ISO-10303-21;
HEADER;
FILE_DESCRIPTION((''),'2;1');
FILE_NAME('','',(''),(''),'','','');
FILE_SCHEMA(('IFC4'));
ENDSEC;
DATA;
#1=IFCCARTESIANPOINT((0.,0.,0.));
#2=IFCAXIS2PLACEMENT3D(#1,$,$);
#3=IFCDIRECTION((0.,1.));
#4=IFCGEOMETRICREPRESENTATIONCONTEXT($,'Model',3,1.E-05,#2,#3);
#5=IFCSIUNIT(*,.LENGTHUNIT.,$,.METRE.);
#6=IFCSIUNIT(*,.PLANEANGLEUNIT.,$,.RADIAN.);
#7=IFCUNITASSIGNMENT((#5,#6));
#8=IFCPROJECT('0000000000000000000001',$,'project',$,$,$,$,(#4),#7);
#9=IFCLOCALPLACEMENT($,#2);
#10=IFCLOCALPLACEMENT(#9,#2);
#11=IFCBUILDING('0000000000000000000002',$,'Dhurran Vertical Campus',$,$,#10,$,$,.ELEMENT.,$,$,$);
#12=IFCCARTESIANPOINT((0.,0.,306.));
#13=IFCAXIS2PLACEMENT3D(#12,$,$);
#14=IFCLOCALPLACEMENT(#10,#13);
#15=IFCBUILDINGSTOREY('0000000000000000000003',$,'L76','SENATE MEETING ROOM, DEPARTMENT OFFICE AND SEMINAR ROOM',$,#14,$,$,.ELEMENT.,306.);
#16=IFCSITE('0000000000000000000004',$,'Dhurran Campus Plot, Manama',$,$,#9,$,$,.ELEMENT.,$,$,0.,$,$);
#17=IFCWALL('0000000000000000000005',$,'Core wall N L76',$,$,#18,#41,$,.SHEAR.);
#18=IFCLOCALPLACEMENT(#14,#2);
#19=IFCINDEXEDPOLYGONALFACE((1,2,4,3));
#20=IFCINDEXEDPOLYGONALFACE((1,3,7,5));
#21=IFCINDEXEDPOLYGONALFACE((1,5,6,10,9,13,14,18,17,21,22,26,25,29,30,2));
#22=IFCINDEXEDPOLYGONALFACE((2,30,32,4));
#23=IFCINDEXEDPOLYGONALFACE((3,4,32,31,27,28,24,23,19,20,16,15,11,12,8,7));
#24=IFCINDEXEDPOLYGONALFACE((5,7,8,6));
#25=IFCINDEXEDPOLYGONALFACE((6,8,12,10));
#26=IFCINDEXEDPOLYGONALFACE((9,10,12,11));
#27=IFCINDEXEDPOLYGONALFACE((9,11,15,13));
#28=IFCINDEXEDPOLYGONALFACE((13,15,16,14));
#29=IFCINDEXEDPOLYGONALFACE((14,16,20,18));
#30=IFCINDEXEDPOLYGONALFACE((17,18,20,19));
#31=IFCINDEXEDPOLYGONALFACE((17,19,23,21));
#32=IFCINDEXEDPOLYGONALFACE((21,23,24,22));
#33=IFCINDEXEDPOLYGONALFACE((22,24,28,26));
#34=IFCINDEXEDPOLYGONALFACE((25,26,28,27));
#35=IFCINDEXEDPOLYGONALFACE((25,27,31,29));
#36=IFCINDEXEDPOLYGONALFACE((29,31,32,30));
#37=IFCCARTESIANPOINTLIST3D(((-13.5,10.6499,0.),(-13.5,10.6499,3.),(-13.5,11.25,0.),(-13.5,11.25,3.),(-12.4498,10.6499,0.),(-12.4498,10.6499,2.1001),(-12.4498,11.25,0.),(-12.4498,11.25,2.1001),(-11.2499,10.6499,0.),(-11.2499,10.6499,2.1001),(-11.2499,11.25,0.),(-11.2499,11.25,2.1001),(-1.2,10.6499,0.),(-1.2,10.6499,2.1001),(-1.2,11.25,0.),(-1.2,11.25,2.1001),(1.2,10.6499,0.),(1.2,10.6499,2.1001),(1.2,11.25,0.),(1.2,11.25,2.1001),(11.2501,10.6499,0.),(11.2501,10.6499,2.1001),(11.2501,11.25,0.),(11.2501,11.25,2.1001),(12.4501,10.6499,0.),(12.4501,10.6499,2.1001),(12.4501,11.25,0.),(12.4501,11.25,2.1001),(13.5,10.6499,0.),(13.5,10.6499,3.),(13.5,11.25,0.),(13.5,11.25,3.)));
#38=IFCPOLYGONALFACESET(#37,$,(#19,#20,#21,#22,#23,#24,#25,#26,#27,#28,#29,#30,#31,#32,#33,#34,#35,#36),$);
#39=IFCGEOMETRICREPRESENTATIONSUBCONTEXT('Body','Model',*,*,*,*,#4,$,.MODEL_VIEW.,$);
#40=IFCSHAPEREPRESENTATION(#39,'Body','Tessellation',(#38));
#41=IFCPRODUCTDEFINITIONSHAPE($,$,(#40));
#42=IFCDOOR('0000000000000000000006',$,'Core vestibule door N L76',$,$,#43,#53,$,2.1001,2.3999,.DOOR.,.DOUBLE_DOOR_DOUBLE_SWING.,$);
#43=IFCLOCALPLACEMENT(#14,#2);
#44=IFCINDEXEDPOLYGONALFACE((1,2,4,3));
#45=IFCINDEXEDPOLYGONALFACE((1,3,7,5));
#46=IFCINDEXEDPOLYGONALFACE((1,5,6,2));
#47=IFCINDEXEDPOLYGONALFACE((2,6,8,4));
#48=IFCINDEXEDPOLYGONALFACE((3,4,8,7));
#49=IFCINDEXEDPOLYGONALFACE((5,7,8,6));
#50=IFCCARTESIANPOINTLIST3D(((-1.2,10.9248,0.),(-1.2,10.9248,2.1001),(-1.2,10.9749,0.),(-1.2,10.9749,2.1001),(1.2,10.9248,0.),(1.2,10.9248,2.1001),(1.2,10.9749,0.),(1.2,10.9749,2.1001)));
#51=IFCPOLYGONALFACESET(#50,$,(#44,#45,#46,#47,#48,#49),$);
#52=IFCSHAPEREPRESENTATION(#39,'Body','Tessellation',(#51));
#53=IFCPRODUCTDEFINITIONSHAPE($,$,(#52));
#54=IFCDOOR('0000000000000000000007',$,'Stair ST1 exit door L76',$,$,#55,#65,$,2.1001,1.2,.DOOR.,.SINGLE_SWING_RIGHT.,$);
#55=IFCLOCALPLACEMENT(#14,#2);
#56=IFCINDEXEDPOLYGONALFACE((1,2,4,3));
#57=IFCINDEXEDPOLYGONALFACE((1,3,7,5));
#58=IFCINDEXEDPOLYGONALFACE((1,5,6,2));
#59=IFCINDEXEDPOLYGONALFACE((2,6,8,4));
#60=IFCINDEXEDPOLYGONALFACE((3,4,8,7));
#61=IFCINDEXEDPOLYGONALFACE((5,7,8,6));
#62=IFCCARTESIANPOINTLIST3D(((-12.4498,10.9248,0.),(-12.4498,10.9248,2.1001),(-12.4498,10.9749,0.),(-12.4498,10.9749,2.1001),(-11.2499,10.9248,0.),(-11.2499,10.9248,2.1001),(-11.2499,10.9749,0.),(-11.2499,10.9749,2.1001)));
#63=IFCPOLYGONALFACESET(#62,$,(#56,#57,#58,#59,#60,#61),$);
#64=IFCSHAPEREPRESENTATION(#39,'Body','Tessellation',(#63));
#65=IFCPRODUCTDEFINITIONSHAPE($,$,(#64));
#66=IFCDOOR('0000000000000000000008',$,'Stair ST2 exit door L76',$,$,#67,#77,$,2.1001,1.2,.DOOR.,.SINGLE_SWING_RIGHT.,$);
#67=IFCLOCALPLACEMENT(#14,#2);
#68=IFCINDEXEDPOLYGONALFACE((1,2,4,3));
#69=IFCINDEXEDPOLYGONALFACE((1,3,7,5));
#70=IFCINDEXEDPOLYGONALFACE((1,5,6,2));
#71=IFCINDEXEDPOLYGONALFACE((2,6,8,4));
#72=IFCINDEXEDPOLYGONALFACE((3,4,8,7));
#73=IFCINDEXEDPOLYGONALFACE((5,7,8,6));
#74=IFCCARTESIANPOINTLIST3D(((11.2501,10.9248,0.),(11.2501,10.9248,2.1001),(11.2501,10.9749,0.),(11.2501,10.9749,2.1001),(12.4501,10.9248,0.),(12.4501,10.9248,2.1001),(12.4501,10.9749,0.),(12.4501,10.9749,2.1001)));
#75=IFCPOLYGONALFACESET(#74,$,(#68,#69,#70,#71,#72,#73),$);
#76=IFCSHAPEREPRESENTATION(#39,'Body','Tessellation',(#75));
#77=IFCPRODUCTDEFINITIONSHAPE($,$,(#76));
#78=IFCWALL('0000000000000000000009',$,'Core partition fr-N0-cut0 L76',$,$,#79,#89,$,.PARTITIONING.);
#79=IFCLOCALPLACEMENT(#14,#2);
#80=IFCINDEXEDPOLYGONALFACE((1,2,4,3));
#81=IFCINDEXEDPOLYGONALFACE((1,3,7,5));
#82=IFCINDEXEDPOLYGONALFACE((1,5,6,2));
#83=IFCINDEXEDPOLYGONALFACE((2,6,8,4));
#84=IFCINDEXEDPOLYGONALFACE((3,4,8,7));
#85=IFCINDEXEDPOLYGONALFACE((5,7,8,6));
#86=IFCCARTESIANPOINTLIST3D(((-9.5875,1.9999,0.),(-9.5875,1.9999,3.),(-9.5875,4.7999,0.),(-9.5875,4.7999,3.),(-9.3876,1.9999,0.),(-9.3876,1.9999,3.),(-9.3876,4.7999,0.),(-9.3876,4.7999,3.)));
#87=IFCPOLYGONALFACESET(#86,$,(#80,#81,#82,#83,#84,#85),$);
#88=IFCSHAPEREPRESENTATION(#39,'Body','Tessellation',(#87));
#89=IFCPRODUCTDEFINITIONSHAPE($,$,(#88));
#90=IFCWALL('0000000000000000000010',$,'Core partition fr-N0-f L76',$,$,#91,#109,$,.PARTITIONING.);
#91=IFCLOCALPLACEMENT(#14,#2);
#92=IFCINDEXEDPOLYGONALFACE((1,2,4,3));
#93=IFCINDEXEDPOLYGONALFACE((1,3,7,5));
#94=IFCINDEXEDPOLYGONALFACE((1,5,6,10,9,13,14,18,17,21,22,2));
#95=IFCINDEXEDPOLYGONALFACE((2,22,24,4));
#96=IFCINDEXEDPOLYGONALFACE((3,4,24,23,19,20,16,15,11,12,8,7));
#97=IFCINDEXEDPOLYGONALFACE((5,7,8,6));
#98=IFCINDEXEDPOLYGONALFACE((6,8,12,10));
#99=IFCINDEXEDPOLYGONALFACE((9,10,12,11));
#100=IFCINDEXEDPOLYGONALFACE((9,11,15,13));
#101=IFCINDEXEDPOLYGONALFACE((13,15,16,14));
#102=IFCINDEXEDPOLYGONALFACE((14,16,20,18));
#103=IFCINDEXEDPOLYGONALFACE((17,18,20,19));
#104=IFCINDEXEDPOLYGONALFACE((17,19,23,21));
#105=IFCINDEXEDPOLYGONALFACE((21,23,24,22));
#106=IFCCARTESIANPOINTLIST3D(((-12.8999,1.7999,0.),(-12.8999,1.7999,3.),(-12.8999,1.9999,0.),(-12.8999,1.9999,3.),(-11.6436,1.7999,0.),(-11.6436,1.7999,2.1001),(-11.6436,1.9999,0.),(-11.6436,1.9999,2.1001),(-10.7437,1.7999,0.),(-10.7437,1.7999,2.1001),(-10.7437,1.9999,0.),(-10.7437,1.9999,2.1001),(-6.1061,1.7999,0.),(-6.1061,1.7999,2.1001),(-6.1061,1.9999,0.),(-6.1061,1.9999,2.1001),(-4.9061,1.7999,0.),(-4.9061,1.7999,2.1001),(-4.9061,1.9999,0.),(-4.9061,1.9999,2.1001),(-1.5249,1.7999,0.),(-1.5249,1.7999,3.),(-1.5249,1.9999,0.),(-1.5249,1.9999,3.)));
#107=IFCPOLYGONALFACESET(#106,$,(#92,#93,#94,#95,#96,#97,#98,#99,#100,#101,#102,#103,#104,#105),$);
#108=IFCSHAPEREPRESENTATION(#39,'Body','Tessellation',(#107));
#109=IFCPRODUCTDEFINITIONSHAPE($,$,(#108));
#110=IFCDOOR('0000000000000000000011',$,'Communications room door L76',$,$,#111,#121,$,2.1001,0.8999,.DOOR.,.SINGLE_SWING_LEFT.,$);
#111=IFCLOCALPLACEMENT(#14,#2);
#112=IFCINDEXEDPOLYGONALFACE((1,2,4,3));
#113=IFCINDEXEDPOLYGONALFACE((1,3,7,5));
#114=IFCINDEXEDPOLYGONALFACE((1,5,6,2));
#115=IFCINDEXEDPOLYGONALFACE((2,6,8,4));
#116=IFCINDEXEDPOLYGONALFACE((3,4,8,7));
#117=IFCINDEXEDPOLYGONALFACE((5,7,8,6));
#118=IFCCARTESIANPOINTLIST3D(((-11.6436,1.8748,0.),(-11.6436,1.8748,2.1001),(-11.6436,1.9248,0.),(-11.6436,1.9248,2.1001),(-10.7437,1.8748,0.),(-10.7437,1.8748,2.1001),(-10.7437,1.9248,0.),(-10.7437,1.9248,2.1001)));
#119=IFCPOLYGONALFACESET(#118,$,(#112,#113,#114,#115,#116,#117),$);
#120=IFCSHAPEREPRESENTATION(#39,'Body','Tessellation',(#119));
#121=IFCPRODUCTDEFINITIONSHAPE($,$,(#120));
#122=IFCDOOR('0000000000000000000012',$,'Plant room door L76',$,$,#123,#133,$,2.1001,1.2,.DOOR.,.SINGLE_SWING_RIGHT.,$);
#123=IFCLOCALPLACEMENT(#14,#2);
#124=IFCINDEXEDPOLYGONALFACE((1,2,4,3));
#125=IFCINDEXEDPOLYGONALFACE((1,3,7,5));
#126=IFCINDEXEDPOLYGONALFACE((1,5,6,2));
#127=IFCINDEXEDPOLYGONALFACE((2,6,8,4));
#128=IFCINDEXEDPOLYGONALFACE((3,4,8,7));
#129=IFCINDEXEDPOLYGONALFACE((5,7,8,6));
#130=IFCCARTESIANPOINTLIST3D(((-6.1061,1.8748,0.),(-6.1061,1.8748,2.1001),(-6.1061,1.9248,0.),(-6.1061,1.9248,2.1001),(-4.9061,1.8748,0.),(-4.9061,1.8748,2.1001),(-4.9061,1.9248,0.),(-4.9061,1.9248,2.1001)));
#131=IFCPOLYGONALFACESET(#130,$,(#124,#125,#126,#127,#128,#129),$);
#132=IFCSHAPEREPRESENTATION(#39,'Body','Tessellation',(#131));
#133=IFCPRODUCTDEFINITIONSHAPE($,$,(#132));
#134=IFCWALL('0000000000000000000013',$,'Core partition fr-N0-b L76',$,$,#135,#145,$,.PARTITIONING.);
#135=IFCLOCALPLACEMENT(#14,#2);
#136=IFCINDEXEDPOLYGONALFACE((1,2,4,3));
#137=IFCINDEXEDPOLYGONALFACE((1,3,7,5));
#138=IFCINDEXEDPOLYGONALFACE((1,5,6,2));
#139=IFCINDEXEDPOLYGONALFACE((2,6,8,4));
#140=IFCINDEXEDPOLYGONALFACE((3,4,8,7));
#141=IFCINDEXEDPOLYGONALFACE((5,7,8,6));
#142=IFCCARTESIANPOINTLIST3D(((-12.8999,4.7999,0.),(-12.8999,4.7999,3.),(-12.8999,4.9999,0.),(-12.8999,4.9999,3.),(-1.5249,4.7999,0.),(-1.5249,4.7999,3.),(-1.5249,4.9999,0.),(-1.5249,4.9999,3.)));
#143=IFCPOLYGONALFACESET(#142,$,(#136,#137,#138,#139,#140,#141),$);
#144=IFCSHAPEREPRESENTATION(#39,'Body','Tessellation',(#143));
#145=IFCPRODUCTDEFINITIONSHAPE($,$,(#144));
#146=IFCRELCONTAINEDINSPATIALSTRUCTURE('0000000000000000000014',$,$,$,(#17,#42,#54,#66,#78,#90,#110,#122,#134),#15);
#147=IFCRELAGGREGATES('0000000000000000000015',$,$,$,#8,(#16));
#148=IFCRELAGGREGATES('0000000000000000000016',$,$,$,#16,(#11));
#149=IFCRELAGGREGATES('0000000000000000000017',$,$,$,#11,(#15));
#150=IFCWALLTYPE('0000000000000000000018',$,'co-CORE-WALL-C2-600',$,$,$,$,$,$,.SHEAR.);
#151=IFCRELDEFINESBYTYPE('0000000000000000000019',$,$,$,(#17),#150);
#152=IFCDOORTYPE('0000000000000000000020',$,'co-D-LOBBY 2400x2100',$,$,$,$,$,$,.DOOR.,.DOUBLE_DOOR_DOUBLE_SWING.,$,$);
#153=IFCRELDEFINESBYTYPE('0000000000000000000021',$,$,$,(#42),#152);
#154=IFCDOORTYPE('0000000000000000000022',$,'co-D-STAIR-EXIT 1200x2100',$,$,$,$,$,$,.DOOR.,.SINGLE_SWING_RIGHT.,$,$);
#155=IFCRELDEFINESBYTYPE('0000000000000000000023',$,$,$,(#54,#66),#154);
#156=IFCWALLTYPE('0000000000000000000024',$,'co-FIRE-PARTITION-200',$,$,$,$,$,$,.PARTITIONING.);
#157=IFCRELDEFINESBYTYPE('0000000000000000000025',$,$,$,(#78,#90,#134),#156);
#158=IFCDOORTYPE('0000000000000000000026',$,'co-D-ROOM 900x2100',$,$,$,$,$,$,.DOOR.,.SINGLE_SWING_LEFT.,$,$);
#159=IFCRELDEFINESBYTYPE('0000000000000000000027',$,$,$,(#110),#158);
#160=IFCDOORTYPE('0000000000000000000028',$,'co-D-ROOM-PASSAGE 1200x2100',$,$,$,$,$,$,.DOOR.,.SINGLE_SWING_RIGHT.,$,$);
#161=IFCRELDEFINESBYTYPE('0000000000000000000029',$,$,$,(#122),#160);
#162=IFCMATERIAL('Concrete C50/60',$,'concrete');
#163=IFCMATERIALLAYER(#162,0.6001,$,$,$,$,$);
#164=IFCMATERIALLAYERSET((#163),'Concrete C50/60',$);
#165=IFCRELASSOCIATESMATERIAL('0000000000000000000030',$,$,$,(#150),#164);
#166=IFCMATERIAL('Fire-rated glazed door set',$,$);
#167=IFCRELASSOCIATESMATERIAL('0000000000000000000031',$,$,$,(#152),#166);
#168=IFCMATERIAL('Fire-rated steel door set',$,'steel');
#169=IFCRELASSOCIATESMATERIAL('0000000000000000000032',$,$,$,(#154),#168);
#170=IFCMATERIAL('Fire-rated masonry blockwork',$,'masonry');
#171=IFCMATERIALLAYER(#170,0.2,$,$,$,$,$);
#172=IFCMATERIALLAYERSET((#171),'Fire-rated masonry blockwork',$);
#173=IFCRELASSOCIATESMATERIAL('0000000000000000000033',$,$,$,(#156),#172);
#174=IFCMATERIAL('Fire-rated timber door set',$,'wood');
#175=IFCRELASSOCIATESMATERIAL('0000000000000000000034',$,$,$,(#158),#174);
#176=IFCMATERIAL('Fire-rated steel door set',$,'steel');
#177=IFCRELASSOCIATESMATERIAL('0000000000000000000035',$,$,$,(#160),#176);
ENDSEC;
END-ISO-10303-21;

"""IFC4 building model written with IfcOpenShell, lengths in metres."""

from ifc_helpers import new_model, si_unit, direction, frame, frame_2d, origin, place, context, subcontext, project, spatial, rectangle, extrude, material, layer, layer_set, type_object, element, fill, save


model = new_model("IFC4")

# Units and contexts
model_context = context("Model", 3, precision=1e-05, world=origin(), true_north=direction((0.0, 1.0)))
body_context = subcontext(model_context, "Body", "Model", "MODEL_VIEW")
ifc_project = project(units=[si_unit("LENGTHUNIT", "METRE"), si_unit("PLANEANGLEUNIT", "RADIAN")], contexts=[model_context])

# Site, building, storey
site_placement = place(None, origin())
site = spatial("IfcSite", under=ifc_project, at=site_placement, Name="Dhurran Campus Plot, Manama", CompositionType="ELEMENT", RefElevation=0.0)
building_placement = place(site_placement, origin())
building = spatial("IfcBuilding", under=site, at=building_placement, Name="Dhurran Vertical Campus", CompositionType="ELEMENT")
storey_placement = place(building_placement, frame((0.0, 0.0, 306.0)))
storey = spatial("IfcBuildingStorey", under=building, at=storey_placement, Name="L76", Description="SENATE MEETING ROOM, DEPARTMENT OFFICE AND SEMINAR ROOM", CompositionType="ELEMENT", Elevation=306.0)

# Wall, openings, doors
ifc_material_1 = material(Name="Concrete C50/60", Category="concrete")
ifc_layer_1 = layer(ifc_material_1, 0.6001)
ifc_layer_set_1 = layer_set([ifc_layer_1], Name="Concrete C50/60")
wall_type_1 = type_object("IfcWallType", Name="co-CORE-WALL-C2-600", PredefinedType="SHEAR", material=ifc_layer_set_1)
wall_1_placement = place(storey_placement, frame((-13.5, 10.95, 0.0), z_axis=(0.0, 0.0, 1.0), x_axis=(1.0, 0.0, 0.0)))
wall_1 = element("IfcWall", 1, at=wall_1_placement, inside=storey, type_object=wall_type_1, Name="Core wall N L76", PredefinedType="SHEAR", context=body_context, shape_type="SweptSolid", body=[
    extrude(rectangle(XDim=27.0, YDim=0.6001, at=frame_2d((13.5, 0.0))), origin(), (0.0, 0.0, 1.0), 3.0),
])
opening_1_placement = place(wall_1_placement, frame((12.3, 0.0, 0.0)))
opening_1 = element("IfcOpeningElement", 2, at=opening_1_placement, cuts=wall_1, PredefinedType="OPENING", context=body_context, shape_type="SweptSolid", body=[
    extrude(rectangle(XDim=2.3999, YDim=2.1001, at=frame_2d((1.2, 1.05))), frame((0.0, 0.3101, 0.0), z_axis=(0.0, -1.0, 0.0), x_axis=(1.0, 0.0, 0.0)), (0.0, 0.0, 1.0), 0.6201),
])
opening_2_placement = place(wall_1_placement, frame((1.05, 0.0, 0.0)))
opening_2 = element("IfcOpeningElement", 3, at=opening_2_placement, cuts=wall_1, PredefinedType="OPENING", context=body_context, shape_type="SweptSolid", body=[
    extrude(rectangle(XDim=1.2, YDim=2.1001, at=frame_2d((0.6001, 1.05))), frame((0.0, 0.3101, 0.0), z_axis=(0.0, -1.0, 0.0), x_axis=(1.0, 0.0, 0.0)), (0.0, 0.0, 1.0), 0.6201),
])
opening_3_placement = place(wall_1_placement, frame((24.75, 0.0, 0.0)))
opening_3 = element("IfcOpeningElement", 4, at=opening_3_placement, cuts=wall_1, PredefinedType="OPENING", context=body_context, shape_type="SweptSolid", body=[
    extrude(rectangle(XDim=1.2, YDim=2.1001, at=frame_2d((0.6001, 1.05))), frame((0.0, 0.3101, 0.0), z_axis=(0.0, -1.0, 0.0), x_axis=(1.0, 0.0, 0.0)), (0.0, 0.0, 1.0), 0.6201),
])
ifc_material_2 = material(Name="Fire-rated glazed door set")
door_type_1 = type_object("IfcDoorType", Name="co-D-LOBBY 2400x2100", OperationType="DOUBLE_DOOR_DOUBLE_SWING", PredefinedType="DOOR", material=ifc_material_2)
door_1_placement = place(opening_1_placement, origin())
door_1 = element("IfcDoor", 5, at=door_1_placement, inside=storey, type_object=door_type_1, Name="Core vestibule door N L76", OperationType="DOUBLE_DOOR_DOUBLE_SWING", OverallHeight=2.1001, OverallWidth=2.3999, PredefinedType="DOOR", context=body_context, shape_type="SweptSolid", body=[
    extrude(rectangle(XDim=2.3999, YDim=2.1001, at=frame_2d((1.2, 1.05))), frame((0.0, 0.0249, 0.0), z_axis=(0.0, -1.0, 0.0), x_axis=(1.0, 0.0, 0.0)), (0.0, 0.0, 1.0), 0.05),
])
fill(opening_1, door_1)
ifc_material_3 = material(Name="Fire-rated steel door set", Category="steel")
door_type_2 = type_object("IfcDoorType", Name="co-D-STAIR-EXIT 1200x2100", OperationType="SINGLE_SWING_RIGHT", PredefinedType="DOOR", material=ifc_material_3)
door_2_placement = place(opening_2_placement, origin())
door_2 = element("IfcDoor", 6, at=door_2_placement, inside=storey, type_object=door_type_2, Name="Stair ST1 exit door L76", OperationType="SINGLE_SWING_RIGHT", OverallHeight=2.1001, OverallWidth=1.2, PredefinedType="DOOR", context=body_context, shape_type="SweptSolid", body=[
    extrude(rectangle(XDim=1.2, YDim=2.1001, at=frame_2d((0.6001, 1.05))), frame((0.0, 0.0249, 0.0), z_axis=(0.0, -1.0, 0.0), x_axis=(1.0, 0.0, 0.0)), (0.0, 0.0, 1.0), 0.05),
])
fill(opening_2, door_2)
door_3_placement = place(opening_3_placement, origin())
door_3 = element("IfcDoor", 7, at=door_3_placement, inside=storey, type_object=door_type_2, Name="Stair ST2 exit door L76", OperationType="SINGLE_SWING_RIGHT", OverallHeight=2.1001, OverallWidth=1.2, PredefinedType="DOOR", context=body_context, shape_type="SweptSolid", body=[
    extrude(rectangle(XDim=1.2, YDim=2.1001, at=frame_2d((0.6001, 1.05))), frame((0.0, 0.0249, 0.0), z_axis=(0.0, -1.0, 0.0), x_axis=(1.0, 0.0, 0.0)), (0.0, 0.0, 1.0), 0.05),
])
fill(opening_3, door_3)

# Wall
ifc_material_4 = material(Name="Fire-rated masonry blockwork", Category="masonry")
ifc_layer_2 = layer(ifc_material_4, 0.2)
ifc_layer_set_2 = layer_set([ifc_layer_2], Name="Fire-rated masonry blockwork")
wall_type_2 = type_object("IfcWallType", Name="co-FIRE-PARTITION-200", PredefinedType="PARTITIONING", material=ifc_layer_set_2)
wall_2_placement = place(storey_placement, frame((-9.4875, 2.0, 0.0), z_axis=(0.0, 0.0, 1.0), x_axis=(0.0, 1.0, 0.0)))
element("IfcWall", 8, at=wall_2_placement, inside=storey, type_object=wall_type_2, Name="Core partition fr-N0-cut0 L76", PredefinedType="PARTITIONING", context=body_context, shape_type="SweptSolid", body=[
    extrude(rectangle(XDim=2.8, YDim=0.2, at=frame_2d((1.3999, 0.0))), origin(), (0.0, 0.0, 1.0), 3.0),
])

# Wall, openings, doors
wall_3_placement = place(storey_placement, frame((-12.8999, 1.8999, 0.0), z_axis=(0.0, 0.0, 1.0), x_axis=(1.0, 0.0, 0.0)))
wall_3 = element("IfcWall", 9, at=wall_3_placement, inside=storey, type_object=wall_type_2, Name="Core partition fr-N0-f L76", PredefinedType="PARTITIONING", context=body_context, shape_type="SweptSolid", body=[
    extrude(rectangle(XDim=11.375, YDim=0.2, at=frame_2d((5.6875, 0.0))), origin(), (0.0, 0.0, 1.0), 3.0),
])
opening_4_placement = place(wall_3_placement, frame((1.2563, 0.0, 0.0)))
opening_4 = element("IfcOpeningElement", 10, at=opening_4_placement, cuts=wall_3, PredefinedType="OPENING", context=body_context, shape_type="SweptSolid", body=[
    extrude(rectangle(XDim=0.8999, YDim=2.1001, at=frame_2d((0.45, 1.05))), frame((0.0, 0.1099, 0.0), z_axis=(0.0, -1.0, 0.0), x_axis=(1.0, 0.0, 0.0)), (0.0, 0.0, 1.0), 0.22),
])
opening_5_placement = place(wall_3_placement, frame((6.7937, 0.0, 0.0)))
opening_5 = element("IfcOpeningElement", 11, at=opening_5_placement, cuts=wall_3, PredefinedType="OPENING", context=body_context, shape_type="SweptSolid", body=[
    extrude(rectangle(XDim=1.2, YDim=2.1001, at=frame_2d((0.6001, 1.05))), frame((0.0, 0.1099, 0.0), z_axis=(0.0, -1.0, 0.0), x_axis=(1.0, 0.0, 0.0)), (0.0, 0.0, 1.0), 0.22),
])
ifc_material_5 = material(Name="Fire-rated timber door set", Category="wood")
door_type_3 = type_object("IfcDoorType", Name="co-D-ROOM 900x2100", OperationType="SINGLE_SWING_LEFT", PredefinedType="DOOR", material=ifc_material_5)
door_4_placement = place(opening_4_placement, origin())
door_4 = element("IfcDoor", 12, at=door_4_placement, inside=storey, type_object=door_type_3, Name="Communications room door L76", OperationType="SINGLE_SWING_LEFT", OverallHeight=2.1001, OverallWidth=0.8999, PredefinedType="DOOR", context=body_context, shape_type="SweptSolid", body=[
    extrude(rectangle(XDim=0.8999, YDim=2.1001, at=frame_2d((0.45, 1.05))), frame((0.0, 0.0249, 0.0), z_axis=(0.0, -1.0, 0.0), x_axis=(1.0, 0.0, 0.0)), (0.0, 0.0, 1.0), 0.05),
])
fill(opening_4, door_4)
ifc_material_6 = material(Name="Fire-rated steel door set", Category="steel")
door_type_4 = type_object("IfcDoorType", Name="co-D-ROOM-PASSAGE 1200x2100", OperationType="SINGLE_SWING_RIGHT", PredefinedType="DOOR", material=ifc_material_6)
door_5_placement = place(opening_5_placement, origin())
door_5 = element("IfcDoor", 13, at=door_5_placement, inside=storey, type_object=door_type_4, Name="Plant room door L76", OperationType="SINGLE_SWING_RIGHT", OverallHeight=2.1001, OverallWidth=1.2, PredefinedType="DOOR", context=body_context, shape_type="SweptSolid", body=[
    extrude(rectangle(XDim=1.2, YDim=2.1001, at=frame_2d((0.6001, 1.05))), frame((0.0, 0.0249, 0.0), z_axis=(0.0, -1.0, 0.0), x_axis=(1.0, 0.0, 0.0)), (0.0, 0.0, 1.0), 0.05),
])
fill(opening_5, door_5)

# Wall
wall_4_placement = place(storey_placement, frame((-12.8999, 4.8999, 0.0), z_axis=(0.0, 0.0, 1.0), x_axis=(1.0, 0.0, 0.0)))
element("IfcWall", 14, at=wall_4_placement, inside=storey, type_object=wall_type_2, Name="Core partition fr-N0-b L76", PredefinedType="PARTITIONING", context=body_context, shape_type="SweptSolid", body=[
    extrude(rectangle(XDim=11.375, YDim=0.2, at=frame_2d((5.6875, 0.0))), origin(), (0.0, 0.0, 1.0), 3.0),
])

save(model, "model.ifc")
